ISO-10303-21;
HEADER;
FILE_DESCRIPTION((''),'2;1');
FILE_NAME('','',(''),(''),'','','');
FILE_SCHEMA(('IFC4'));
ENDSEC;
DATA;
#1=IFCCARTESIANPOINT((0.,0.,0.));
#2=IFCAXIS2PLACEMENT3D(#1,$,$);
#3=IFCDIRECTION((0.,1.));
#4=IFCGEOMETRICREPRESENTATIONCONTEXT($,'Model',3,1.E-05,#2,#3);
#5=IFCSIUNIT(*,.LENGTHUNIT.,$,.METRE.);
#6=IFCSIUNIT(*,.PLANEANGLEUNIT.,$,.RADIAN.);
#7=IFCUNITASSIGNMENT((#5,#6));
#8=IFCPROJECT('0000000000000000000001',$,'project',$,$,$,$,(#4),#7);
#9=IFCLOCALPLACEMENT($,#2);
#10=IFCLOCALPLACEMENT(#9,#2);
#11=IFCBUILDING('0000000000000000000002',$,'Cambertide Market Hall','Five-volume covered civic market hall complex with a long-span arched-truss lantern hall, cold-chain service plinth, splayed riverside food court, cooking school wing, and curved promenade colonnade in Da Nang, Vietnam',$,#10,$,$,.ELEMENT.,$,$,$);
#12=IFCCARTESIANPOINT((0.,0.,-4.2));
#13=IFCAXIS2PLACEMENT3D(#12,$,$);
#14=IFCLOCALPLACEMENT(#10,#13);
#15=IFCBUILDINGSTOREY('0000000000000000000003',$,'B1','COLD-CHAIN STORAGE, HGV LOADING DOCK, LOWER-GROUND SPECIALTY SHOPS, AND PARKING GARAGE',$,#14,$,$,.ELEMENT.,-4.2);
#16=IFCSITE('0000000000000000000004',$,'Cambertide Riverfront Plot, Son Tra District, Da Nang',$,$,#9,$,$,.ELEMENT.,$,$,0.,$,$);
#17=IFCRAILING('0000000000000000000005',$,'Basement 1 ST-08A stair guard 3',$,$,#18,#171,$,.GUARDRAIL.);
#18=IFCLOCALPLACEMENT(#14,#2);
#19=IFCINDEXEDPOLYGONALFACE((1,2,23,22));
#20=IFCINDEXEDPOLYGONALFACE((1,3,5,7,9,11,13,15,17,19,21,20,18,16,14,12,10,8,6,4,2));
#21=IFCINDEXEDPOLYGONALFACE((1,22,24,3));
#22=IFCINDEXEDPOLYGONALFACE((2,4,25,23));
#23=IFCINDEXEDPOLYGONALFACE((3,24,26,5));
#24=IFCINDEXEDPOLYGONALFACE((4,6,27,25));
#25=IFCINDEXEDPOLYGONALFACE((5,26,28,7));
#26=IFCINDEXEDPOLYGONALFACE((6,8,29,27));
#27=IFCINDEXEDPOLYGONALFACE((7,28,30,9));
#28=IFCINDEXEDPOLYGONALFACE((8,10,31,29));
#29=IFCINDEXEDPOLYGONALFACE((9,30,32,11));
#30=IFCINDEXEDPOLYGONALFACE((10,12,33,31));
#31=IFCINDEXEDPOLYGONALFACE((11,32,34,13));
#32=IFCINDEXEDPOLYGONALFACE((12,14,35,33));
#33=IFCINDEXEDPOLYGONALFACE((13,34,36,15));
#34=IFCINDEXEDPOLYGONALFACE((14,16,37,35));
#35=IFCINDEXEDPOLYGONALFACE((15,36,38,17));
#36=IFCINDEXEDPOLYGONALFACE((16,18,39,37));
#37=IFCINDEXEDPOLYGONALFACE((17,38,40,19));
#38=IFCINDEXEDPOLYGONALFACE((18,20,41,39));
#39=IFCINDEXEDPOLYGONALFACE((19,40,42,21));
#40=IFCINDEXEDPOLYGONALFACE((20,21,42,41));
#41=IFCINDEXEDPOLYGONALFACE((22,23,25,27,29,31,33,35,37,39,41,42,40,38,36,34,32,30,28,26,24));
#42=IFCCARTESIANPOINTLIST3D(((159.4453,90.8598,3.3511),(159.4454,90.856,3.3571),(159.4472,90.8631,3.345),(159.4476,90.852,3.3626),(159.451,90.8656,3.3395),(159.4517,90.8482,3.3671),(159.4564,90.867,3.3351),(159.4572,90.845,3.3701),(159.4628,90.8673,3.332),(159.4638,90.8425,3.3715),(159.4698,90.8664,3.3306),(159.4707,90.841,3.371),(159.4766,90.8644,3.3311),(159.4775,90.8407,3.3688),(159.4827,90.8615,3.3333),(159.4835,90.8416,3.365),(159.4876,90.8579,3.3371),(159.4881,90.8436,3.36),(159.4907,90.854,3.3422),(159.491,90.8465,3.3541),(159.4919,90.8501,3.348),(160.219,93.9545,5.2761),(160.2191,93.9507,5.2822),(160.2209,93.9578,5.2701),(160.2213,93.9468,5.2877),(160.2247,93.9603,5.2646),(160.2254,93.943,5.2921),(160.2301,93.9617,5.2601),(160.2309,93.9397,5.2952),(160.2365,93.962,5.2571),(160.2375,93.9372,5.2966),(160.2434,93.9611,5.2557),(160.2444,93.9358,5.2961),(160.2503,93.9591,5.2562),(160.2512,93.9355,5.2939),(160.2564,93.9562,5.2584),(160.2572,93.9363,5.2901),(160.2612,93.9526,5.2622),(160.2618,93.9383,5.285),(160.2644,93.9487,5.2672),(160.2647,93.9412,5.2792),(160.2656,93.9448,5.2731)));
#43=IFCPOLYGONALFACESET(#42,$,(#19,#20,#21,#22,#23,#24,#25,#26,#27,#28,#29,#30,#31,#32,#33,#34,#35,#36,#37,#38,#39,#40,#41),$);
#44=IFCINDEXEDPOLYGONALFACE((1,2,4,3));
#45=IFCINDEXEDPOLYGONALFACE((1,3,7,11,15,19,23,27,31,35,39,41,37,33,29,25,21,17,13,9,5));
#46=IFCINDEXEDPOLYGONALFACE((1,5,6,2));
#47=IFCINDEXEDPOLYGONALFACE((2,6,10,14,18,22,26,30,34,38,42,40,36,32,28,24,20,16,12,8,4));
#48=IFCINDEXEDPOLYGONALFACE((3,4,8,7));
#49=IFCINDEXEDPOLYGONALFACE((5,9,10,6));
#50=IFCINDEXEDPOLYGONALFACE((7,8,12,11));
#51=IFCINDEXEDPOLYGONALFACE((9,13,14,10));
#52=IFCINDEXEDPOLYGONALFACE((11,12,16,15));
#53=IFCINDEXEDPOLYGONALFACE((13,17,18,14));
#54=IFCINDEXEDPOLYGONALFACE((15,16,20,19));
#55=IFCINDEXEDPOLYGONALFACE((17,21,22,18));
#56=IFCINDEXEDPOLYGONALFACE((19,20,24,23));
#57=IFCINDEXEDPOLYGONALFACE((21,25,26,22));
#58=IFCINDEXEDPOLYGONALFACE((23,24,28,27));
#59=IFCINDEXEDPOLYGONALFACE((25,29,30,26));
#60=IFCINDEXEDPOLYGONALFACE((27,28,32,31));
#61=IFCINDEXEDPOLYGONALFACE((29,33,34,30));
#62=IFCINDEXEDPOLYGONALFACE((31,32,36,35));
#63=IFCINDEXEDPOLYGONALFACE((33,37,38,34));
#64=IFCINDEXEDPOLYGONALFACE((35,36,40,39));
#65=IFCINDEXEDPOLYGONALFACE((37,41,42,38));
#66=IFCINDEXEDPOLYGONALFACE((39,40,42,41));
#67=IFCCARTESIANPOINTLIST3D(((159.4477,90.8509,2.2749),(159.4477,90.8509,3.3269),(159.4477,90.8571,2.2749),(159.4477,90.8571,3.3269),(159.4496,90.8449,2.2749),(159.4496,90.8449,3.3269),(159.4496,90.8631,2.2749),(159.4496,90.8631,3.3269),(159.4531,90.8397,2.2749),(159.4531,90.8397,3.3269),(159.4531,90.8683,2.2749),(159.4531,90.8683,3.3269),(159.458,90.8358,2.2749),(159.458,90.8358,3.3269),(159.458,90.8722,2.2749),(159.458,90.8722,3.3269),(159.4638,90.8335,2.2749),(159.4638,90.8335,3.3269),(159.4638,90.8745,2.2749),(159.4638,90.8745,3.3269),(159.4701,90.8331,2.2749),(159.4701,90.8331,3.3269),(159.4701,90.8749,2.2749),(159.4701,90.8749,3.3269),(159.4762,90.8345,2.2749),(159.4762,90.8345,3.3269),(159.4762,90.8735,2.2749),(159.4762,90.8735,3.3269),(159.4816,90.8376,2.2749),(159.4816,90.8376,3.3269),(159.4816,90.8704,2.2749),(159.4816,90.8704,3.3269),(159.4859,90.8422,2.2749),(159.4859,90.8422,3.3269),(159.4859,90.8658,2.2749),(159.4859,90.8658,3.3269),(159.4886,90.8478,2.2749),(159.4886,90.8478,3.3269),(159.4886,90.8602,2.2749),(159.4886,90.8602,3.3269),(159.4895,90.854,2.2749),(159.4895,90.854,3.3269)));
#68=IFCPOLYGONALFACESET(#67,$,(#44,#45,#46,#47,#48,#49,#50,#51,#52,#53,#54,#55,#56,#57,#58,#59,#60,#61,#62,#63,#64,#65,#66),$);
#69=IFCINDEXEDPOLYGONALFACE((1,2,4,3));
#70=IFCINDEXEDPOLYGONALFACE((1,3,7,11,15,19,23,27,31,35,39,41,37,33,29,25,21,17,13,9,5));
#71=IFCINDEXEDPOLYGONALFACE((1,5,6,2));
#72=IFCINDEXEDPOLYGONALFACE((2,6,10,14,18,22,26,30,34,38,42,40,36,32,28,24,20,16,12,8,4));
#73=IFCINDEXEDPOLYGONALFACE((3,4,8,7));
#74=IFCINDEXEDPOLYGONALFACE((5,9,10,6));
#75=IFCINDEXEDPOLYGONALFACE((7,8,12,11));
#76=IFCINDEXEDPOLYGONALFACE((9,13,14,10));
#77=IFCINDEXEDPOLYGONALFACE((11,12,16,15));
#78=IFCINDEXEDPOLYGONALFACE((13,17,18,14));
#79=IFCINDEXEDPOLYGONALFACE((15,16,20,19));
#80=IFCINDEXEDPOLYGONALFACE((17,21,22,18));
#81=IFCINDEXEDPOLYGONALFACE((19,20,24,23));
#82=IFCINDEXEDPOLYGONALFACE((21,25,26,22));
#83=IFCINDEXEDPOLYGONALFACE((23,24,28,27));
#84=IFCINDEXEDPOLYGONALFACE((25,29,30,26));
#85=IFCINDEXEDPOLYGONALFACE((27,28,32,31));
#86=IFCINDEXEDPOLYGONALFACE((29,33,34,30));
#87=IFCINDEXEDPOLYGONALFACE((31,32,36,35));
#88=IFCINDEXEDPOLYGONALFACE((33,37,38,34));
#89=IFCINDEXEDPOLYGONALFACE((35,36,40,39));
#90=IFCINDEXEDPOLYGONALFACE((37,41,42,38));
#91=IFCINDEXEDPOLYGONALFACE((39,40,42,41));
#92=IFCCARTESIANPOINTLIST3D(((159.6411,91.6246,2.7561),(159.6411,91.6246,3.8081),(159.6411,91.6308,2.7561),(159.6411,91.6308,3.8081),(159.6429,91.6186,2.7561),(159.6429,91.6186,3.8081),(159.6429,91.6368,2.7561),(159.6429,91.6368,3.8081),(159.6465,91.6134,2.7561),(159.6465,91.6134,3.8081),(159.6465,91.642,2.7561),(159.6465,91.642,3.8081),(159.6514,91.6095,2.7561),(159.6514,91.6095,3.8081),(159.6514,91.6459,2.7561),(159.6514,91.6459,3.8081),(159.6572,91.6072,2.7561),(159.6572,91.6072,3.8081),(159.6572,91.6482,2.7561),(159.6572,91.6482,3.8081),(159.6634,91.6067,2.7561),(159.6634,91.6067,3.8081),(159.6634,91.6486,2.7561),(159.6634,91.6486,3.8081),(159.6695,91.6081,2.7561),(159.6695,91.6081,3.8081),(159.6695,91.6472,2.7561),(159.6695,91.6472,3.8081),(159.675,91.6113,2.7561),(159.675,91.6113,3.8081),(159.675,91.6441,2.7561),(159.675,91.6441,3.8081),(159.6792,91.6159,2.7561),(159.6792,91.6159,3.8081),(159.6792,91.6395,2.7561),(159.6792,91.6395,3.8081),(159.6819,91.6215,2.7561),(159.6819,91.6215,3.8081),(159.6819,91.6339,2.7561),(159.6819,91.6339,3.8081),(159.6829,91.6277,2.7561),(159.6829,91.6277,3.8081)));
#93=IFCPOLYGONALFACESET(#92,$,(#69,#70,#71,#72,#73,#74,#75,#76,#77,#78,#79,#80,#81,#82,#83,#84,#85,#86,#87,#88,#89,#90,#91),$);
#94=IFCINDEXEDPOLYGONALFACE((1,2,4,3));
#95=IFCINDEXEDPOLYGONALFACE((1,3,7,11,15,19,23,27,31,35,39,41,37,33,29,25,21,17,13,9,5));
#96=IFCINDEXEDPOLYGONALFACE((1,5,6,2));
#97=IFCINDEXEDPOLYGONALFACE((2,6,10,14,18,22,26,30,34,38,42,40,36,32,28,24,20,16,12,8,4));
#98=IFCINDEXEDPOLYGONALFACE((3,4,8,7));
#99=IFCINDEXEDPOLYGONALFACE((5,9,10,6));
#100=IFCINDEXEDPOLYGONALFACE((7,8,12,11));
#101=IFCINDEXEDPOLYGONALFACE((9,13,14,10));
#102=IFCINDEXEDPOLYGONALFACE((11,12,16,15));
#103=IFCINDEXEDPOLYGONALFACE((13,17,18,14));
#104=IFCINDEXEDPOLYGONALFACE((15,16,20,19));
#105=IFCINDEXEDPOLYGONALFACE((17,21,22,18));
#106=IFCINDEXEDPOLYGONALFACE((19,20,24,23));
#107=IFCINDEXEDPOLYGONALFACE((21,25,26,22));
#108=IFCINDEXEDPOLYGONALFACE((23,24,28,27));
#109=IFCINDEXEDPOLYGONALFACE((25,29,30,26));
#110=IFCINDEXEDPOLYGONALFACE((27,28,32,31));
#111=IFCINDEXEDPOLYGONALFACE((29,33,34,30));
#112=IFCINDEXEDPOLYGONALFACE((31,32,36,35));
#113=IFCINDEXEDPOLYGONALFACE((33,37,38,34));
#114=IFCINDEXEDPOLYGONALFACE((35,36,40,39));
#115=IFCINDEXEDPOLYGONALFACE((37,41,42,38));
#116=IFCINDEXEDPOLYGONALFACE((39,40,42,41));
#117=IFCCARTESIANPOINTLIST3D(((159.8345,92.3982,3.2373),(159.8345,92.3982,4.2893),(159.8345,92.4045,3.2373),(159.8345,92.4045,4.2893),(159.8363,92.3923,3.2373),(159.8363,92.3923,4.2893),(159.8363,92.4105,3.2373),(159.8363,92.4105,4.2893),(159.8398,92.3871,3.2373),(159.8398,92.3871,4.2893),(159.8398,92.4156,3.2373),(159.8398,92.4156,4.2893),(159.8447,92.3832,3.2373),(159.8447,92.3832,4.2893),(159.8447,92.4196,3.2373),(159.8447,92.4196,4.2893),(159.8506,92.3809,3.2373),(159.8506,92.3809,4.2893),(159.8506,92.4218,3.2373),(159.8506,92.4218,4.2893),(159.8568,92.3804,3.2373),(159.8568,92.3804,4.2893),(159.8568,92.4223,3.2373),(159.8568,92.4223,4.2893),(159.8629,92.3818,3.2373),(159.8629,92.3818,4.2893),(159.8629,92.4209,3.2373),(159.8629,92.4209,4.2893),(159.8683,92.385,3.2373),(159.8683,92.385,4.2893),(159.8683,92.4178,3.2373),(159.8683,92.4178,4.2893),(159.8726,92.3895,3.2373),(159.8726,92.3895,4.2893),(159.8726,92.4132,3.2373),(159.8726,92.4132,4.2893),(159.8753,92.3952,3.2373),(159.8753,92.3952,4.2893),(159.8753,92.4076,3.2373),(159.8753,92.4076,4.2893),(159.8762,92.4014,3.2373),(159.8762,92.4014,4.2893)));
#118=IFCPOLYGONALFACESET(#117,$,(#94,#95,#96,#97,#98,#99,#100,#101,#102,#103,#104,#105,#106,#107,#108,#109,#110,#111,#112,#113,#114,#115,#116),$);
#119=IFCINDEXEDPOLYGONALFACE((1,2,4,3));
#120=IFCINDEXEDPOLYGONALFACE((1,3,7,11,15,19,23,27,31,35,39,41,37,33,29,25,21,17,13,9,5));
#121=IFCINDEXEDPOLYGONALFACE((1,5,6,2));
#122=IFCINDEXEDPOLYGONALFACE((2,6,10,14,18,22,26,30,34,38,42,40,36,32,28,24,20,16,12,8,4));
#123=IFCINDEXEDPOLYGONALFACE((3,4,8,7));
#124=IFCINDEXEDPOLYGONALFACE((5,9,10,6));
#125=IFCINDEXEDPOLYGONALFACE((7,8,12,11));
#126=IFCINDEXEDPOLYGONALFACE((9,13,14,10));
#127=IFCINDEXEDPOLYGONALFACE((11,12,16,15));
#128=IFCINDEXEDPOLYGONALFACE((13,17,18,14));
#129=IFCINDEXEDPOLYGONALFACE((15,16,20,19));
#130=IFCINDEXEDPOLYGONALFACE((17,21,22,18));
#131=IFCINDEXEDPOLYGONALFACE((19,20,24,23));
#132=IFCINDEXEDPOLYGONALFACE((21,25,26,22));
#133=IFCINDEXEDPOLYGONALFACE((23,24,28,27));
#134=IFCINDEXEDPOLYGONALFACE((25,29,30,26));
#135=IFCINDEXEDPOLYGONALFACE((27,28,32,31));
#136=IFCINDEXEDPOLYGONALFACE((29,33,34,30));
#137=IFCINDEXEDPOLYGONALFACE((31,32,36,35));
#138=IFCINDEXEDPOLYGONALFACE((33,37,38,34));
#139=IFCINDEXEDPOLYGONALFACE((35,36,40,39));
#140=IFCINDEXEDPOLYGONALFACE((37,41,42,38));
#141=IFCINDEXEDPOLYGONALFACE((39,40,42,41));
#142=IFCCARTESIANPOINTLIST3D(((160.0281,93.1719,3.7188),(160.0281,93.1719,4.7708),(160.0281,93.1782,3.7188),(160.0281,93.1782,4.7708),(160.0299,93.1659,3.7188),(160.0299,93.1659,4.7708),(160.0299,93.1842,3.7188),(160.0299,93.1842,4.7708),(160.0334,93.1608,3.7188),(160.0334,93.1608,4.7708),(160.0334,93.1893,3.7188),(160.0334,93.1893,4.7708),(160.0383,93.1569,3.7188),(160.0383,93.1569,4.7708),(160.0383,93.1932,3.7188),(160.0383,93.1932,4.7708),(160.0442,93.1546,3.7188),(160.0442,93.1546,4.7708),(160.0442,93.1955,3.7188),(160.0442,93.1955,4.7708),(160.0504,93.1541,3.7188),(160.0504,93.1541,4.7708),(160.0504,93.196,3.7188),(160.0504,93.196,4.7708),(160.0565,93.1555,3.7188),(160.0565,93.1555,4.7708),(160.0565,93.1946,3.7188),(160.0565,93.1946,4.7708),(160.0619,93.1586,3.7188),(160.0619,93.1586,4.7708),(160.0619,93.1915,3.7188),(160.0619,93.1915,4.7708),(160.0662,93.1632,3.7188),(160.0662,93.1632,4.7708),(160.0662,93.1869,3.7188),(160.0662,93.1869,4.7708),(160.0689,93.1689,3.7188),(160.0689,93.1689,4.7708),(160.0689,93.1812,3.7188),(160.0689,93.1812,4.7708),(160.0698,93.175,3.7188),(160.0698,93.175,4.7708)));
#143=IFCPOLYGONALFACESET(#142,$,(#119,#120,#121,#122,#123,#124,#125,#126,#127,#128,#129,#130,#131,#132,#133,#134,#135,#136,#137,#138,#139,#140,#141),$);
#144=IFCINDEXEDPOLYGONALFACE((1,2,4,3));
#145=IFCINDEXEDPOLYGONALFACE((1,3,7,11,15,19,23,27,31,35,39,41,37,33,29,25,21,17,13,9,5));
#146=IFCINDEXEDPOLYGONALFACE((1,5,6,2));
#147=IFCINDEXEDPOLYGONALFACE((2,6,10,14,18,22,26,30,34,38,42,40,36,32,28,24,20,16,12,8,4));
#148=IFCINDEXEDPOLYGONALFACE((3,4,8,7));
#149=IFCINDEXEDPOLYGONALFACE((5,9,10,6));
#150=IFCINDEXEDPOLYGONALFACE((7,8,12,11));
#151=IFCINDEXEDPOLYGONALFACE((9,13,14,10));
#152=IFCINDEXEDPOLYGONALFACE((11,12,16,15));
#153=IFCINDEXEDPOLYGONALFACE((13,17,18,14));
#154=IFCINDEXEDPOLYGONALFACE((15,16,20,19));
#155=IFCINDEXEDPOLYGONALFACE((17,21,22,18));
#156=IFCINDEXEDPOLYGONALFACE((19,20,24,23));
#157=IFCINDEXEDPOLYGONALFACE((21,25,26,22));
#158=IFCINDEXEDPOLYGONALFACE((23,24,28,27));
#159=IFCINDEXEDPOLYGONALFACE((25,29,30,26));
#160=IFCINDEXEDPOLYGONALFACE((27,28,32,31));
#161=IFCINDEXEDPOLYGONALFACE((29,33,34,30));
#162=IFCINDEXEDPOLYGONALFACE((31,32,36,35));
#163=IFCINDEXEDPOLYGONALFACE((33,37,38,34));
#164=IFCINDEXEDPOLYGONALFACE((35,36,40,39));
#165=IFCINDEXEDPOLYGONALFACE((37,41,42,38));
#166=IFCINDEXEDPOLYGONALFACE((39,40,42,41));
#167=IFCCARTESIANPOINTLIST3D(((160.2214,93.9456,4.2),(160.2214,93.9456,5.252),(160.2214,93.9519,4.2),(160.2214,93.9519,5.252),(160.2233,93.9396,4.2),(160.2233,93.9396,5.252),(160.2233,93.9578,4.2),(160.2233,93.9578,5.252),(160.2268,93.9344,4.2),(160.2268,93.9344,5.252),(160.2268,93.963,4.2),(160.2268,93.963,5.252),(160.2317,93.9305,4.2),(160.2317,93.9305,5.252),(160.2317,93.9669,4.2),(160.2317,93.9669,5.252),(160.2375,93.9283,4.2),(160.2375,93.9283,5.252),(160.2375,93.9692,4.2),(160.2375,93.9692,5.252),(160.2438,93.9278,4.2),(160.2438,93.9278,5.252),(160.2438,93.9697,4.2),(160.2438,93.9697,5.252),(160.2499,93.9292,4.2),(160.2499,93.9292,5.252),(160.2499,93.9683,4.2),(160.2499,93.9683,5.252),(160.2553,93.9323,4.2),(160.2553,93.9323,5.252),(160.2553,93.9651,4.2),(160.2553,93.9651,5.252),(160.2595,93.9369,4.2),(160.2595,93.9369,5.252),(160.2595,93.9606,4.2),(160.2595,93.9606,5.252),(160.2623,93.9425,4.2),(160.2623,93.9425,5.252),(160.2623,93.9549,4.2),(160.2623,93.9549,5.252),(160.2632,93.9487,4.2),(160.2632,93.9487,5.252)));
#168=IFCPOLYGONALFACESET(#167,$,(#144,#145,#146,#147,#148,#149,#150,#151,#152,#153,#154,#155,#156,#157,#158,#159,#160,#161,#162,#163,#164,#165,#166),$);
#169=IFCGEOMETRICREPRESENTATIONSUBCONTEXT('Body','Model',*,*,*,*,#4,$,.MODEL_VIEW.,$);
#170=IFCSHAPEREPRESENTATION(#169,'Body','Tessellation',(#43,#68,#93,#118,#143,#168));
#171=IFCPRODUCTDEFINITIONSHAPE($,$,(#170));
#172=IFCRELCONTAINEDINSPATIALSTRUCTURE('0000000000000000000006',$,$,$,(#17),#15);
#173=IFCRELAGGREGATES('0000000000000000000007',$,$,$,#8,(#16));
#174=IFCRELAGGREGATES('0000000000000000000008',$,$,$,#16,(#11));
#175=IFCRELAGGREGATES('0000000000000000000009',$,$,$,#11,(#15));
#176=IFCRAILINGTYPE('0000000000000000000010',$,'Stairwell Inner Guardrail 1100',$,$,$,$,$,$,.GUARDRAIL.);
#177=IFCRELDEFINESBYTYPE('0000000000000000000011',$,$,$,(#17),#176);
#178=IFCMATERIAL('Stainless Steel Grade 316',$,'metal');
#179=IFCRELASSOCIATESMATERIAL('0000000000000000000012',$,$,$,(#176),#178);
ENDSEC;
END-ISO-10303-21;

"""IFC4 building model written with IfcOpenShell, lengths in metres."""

from ifc_helpers import new_model, si_unit, direction, frame, origin, origin_2d, place, context, subcontext, project, spatial, circle, extrude, material, type_object, element, save


model = new_model("IFC4")

# Units and contexts
model_context = context("Model", 3, precision=1e-05, world=origin(), true_north=direction((0.0, 1.0)))
body_context = subcontext(model_context, "Body", "Model", "MODEL_VIEW")
ifc_project = project(units=[si_unit("LENGTHUNIT", "METRE"), si_unit("PLANEANGLEUNIT", "RADIAN")], contexts=[model_context])

# Site, building, storey
site_placement = place(None, origin())
site = spatial("IfcSite", under=ifc_project, at=site_placement, Name="Cambertide Riverfront Plot, Son Tra District, Da Nang", CompositionType="ELEMENT", RefElevation=0.0)
building_placement = place(site_placement, origin())
building = spatial("IfcBuilding", under=site, at=building_placement, Name="Cambertide Market Hall", Description="Five-volume covered civic market hall complex with a long-span arched-truss lantern hall, cold-chain service plinth, splayed riverside food court, cooking school wing, and curved promenade colonnade in Da Nang, Vietnam", CompositionType="ELEMENT")
storey_placement = place(building_placement, frame((0.0, 0.0, -4.2)))
storey = spatial("IfcBuildingStorey", under=building, at=storey_placement, Name="B1", Description="COLD-CHAIN STORAGE, HGV LOADING DOCK, LOWER-GROUND SPECIALTY SHOPS, AND PARKING GARAGE", CompositionType="ELEMENT", Elevation=-4.2)

# Railing
ifc_material_1 = material(Name="Stainless Steel Grade 316", Category="metal")
railing_type_1 = type_object("IfcRailingType", Name="Stairwell Inner Guardrail 1100", PredefinedType="GUARDRAIL", material=ifc_material_1)
railing_1_placement = place(storey_placement, frame((159.4685, 90.854, 2.2749)))
element("IfcRailing", 1, at=railing_1_placement, inside=storey, type_object=railing_type_1, Name="Basement 1 ST-08A stair guard 3", PredefinedType="GUARDRAIL", context=body_context, shape_type="SweptSolid", body=[
    extrude(circle(Radius=0.0239, at=origin_2d()), frame((0.0, 0.0, 1.0762), z_axis=(0.207654, 0.830616, 0.516678), x_axis=(-0.970143, 0.242536, 0.0)), (0.0, 0.0, 1.0), 3.7258),
    extrude(circle(Radius=0.021, at=origin_2d()), origin(), (0.0, 0.0, 1.0), 1.052),
    extrude(circle(Radius=0.021, at=origin_2d()), frame((0.1934, 0.7737, 0.4812)), (0.0, 0.0, 1.0), 1.052),
    extrude(circle(Radius=0.021, at=origin_2d()), frame((0.3867, 1.5474, 0.9624)), (0.0, 0.0, 1.0), 1.052),
    extrude(circle(Radius=0.021, at=origin_2d()), frame((0.5803, 2.321, 1.4438)), (0.0, 0.0, 1.0), 1.052),
    extrude(circle(Radius=0.021, at=origin_2d()), frame((0.7737, 3.0947, 1.925)), (0.0, 0.0, 1.0), 1.052),
])

save(model, "model.ifc")
